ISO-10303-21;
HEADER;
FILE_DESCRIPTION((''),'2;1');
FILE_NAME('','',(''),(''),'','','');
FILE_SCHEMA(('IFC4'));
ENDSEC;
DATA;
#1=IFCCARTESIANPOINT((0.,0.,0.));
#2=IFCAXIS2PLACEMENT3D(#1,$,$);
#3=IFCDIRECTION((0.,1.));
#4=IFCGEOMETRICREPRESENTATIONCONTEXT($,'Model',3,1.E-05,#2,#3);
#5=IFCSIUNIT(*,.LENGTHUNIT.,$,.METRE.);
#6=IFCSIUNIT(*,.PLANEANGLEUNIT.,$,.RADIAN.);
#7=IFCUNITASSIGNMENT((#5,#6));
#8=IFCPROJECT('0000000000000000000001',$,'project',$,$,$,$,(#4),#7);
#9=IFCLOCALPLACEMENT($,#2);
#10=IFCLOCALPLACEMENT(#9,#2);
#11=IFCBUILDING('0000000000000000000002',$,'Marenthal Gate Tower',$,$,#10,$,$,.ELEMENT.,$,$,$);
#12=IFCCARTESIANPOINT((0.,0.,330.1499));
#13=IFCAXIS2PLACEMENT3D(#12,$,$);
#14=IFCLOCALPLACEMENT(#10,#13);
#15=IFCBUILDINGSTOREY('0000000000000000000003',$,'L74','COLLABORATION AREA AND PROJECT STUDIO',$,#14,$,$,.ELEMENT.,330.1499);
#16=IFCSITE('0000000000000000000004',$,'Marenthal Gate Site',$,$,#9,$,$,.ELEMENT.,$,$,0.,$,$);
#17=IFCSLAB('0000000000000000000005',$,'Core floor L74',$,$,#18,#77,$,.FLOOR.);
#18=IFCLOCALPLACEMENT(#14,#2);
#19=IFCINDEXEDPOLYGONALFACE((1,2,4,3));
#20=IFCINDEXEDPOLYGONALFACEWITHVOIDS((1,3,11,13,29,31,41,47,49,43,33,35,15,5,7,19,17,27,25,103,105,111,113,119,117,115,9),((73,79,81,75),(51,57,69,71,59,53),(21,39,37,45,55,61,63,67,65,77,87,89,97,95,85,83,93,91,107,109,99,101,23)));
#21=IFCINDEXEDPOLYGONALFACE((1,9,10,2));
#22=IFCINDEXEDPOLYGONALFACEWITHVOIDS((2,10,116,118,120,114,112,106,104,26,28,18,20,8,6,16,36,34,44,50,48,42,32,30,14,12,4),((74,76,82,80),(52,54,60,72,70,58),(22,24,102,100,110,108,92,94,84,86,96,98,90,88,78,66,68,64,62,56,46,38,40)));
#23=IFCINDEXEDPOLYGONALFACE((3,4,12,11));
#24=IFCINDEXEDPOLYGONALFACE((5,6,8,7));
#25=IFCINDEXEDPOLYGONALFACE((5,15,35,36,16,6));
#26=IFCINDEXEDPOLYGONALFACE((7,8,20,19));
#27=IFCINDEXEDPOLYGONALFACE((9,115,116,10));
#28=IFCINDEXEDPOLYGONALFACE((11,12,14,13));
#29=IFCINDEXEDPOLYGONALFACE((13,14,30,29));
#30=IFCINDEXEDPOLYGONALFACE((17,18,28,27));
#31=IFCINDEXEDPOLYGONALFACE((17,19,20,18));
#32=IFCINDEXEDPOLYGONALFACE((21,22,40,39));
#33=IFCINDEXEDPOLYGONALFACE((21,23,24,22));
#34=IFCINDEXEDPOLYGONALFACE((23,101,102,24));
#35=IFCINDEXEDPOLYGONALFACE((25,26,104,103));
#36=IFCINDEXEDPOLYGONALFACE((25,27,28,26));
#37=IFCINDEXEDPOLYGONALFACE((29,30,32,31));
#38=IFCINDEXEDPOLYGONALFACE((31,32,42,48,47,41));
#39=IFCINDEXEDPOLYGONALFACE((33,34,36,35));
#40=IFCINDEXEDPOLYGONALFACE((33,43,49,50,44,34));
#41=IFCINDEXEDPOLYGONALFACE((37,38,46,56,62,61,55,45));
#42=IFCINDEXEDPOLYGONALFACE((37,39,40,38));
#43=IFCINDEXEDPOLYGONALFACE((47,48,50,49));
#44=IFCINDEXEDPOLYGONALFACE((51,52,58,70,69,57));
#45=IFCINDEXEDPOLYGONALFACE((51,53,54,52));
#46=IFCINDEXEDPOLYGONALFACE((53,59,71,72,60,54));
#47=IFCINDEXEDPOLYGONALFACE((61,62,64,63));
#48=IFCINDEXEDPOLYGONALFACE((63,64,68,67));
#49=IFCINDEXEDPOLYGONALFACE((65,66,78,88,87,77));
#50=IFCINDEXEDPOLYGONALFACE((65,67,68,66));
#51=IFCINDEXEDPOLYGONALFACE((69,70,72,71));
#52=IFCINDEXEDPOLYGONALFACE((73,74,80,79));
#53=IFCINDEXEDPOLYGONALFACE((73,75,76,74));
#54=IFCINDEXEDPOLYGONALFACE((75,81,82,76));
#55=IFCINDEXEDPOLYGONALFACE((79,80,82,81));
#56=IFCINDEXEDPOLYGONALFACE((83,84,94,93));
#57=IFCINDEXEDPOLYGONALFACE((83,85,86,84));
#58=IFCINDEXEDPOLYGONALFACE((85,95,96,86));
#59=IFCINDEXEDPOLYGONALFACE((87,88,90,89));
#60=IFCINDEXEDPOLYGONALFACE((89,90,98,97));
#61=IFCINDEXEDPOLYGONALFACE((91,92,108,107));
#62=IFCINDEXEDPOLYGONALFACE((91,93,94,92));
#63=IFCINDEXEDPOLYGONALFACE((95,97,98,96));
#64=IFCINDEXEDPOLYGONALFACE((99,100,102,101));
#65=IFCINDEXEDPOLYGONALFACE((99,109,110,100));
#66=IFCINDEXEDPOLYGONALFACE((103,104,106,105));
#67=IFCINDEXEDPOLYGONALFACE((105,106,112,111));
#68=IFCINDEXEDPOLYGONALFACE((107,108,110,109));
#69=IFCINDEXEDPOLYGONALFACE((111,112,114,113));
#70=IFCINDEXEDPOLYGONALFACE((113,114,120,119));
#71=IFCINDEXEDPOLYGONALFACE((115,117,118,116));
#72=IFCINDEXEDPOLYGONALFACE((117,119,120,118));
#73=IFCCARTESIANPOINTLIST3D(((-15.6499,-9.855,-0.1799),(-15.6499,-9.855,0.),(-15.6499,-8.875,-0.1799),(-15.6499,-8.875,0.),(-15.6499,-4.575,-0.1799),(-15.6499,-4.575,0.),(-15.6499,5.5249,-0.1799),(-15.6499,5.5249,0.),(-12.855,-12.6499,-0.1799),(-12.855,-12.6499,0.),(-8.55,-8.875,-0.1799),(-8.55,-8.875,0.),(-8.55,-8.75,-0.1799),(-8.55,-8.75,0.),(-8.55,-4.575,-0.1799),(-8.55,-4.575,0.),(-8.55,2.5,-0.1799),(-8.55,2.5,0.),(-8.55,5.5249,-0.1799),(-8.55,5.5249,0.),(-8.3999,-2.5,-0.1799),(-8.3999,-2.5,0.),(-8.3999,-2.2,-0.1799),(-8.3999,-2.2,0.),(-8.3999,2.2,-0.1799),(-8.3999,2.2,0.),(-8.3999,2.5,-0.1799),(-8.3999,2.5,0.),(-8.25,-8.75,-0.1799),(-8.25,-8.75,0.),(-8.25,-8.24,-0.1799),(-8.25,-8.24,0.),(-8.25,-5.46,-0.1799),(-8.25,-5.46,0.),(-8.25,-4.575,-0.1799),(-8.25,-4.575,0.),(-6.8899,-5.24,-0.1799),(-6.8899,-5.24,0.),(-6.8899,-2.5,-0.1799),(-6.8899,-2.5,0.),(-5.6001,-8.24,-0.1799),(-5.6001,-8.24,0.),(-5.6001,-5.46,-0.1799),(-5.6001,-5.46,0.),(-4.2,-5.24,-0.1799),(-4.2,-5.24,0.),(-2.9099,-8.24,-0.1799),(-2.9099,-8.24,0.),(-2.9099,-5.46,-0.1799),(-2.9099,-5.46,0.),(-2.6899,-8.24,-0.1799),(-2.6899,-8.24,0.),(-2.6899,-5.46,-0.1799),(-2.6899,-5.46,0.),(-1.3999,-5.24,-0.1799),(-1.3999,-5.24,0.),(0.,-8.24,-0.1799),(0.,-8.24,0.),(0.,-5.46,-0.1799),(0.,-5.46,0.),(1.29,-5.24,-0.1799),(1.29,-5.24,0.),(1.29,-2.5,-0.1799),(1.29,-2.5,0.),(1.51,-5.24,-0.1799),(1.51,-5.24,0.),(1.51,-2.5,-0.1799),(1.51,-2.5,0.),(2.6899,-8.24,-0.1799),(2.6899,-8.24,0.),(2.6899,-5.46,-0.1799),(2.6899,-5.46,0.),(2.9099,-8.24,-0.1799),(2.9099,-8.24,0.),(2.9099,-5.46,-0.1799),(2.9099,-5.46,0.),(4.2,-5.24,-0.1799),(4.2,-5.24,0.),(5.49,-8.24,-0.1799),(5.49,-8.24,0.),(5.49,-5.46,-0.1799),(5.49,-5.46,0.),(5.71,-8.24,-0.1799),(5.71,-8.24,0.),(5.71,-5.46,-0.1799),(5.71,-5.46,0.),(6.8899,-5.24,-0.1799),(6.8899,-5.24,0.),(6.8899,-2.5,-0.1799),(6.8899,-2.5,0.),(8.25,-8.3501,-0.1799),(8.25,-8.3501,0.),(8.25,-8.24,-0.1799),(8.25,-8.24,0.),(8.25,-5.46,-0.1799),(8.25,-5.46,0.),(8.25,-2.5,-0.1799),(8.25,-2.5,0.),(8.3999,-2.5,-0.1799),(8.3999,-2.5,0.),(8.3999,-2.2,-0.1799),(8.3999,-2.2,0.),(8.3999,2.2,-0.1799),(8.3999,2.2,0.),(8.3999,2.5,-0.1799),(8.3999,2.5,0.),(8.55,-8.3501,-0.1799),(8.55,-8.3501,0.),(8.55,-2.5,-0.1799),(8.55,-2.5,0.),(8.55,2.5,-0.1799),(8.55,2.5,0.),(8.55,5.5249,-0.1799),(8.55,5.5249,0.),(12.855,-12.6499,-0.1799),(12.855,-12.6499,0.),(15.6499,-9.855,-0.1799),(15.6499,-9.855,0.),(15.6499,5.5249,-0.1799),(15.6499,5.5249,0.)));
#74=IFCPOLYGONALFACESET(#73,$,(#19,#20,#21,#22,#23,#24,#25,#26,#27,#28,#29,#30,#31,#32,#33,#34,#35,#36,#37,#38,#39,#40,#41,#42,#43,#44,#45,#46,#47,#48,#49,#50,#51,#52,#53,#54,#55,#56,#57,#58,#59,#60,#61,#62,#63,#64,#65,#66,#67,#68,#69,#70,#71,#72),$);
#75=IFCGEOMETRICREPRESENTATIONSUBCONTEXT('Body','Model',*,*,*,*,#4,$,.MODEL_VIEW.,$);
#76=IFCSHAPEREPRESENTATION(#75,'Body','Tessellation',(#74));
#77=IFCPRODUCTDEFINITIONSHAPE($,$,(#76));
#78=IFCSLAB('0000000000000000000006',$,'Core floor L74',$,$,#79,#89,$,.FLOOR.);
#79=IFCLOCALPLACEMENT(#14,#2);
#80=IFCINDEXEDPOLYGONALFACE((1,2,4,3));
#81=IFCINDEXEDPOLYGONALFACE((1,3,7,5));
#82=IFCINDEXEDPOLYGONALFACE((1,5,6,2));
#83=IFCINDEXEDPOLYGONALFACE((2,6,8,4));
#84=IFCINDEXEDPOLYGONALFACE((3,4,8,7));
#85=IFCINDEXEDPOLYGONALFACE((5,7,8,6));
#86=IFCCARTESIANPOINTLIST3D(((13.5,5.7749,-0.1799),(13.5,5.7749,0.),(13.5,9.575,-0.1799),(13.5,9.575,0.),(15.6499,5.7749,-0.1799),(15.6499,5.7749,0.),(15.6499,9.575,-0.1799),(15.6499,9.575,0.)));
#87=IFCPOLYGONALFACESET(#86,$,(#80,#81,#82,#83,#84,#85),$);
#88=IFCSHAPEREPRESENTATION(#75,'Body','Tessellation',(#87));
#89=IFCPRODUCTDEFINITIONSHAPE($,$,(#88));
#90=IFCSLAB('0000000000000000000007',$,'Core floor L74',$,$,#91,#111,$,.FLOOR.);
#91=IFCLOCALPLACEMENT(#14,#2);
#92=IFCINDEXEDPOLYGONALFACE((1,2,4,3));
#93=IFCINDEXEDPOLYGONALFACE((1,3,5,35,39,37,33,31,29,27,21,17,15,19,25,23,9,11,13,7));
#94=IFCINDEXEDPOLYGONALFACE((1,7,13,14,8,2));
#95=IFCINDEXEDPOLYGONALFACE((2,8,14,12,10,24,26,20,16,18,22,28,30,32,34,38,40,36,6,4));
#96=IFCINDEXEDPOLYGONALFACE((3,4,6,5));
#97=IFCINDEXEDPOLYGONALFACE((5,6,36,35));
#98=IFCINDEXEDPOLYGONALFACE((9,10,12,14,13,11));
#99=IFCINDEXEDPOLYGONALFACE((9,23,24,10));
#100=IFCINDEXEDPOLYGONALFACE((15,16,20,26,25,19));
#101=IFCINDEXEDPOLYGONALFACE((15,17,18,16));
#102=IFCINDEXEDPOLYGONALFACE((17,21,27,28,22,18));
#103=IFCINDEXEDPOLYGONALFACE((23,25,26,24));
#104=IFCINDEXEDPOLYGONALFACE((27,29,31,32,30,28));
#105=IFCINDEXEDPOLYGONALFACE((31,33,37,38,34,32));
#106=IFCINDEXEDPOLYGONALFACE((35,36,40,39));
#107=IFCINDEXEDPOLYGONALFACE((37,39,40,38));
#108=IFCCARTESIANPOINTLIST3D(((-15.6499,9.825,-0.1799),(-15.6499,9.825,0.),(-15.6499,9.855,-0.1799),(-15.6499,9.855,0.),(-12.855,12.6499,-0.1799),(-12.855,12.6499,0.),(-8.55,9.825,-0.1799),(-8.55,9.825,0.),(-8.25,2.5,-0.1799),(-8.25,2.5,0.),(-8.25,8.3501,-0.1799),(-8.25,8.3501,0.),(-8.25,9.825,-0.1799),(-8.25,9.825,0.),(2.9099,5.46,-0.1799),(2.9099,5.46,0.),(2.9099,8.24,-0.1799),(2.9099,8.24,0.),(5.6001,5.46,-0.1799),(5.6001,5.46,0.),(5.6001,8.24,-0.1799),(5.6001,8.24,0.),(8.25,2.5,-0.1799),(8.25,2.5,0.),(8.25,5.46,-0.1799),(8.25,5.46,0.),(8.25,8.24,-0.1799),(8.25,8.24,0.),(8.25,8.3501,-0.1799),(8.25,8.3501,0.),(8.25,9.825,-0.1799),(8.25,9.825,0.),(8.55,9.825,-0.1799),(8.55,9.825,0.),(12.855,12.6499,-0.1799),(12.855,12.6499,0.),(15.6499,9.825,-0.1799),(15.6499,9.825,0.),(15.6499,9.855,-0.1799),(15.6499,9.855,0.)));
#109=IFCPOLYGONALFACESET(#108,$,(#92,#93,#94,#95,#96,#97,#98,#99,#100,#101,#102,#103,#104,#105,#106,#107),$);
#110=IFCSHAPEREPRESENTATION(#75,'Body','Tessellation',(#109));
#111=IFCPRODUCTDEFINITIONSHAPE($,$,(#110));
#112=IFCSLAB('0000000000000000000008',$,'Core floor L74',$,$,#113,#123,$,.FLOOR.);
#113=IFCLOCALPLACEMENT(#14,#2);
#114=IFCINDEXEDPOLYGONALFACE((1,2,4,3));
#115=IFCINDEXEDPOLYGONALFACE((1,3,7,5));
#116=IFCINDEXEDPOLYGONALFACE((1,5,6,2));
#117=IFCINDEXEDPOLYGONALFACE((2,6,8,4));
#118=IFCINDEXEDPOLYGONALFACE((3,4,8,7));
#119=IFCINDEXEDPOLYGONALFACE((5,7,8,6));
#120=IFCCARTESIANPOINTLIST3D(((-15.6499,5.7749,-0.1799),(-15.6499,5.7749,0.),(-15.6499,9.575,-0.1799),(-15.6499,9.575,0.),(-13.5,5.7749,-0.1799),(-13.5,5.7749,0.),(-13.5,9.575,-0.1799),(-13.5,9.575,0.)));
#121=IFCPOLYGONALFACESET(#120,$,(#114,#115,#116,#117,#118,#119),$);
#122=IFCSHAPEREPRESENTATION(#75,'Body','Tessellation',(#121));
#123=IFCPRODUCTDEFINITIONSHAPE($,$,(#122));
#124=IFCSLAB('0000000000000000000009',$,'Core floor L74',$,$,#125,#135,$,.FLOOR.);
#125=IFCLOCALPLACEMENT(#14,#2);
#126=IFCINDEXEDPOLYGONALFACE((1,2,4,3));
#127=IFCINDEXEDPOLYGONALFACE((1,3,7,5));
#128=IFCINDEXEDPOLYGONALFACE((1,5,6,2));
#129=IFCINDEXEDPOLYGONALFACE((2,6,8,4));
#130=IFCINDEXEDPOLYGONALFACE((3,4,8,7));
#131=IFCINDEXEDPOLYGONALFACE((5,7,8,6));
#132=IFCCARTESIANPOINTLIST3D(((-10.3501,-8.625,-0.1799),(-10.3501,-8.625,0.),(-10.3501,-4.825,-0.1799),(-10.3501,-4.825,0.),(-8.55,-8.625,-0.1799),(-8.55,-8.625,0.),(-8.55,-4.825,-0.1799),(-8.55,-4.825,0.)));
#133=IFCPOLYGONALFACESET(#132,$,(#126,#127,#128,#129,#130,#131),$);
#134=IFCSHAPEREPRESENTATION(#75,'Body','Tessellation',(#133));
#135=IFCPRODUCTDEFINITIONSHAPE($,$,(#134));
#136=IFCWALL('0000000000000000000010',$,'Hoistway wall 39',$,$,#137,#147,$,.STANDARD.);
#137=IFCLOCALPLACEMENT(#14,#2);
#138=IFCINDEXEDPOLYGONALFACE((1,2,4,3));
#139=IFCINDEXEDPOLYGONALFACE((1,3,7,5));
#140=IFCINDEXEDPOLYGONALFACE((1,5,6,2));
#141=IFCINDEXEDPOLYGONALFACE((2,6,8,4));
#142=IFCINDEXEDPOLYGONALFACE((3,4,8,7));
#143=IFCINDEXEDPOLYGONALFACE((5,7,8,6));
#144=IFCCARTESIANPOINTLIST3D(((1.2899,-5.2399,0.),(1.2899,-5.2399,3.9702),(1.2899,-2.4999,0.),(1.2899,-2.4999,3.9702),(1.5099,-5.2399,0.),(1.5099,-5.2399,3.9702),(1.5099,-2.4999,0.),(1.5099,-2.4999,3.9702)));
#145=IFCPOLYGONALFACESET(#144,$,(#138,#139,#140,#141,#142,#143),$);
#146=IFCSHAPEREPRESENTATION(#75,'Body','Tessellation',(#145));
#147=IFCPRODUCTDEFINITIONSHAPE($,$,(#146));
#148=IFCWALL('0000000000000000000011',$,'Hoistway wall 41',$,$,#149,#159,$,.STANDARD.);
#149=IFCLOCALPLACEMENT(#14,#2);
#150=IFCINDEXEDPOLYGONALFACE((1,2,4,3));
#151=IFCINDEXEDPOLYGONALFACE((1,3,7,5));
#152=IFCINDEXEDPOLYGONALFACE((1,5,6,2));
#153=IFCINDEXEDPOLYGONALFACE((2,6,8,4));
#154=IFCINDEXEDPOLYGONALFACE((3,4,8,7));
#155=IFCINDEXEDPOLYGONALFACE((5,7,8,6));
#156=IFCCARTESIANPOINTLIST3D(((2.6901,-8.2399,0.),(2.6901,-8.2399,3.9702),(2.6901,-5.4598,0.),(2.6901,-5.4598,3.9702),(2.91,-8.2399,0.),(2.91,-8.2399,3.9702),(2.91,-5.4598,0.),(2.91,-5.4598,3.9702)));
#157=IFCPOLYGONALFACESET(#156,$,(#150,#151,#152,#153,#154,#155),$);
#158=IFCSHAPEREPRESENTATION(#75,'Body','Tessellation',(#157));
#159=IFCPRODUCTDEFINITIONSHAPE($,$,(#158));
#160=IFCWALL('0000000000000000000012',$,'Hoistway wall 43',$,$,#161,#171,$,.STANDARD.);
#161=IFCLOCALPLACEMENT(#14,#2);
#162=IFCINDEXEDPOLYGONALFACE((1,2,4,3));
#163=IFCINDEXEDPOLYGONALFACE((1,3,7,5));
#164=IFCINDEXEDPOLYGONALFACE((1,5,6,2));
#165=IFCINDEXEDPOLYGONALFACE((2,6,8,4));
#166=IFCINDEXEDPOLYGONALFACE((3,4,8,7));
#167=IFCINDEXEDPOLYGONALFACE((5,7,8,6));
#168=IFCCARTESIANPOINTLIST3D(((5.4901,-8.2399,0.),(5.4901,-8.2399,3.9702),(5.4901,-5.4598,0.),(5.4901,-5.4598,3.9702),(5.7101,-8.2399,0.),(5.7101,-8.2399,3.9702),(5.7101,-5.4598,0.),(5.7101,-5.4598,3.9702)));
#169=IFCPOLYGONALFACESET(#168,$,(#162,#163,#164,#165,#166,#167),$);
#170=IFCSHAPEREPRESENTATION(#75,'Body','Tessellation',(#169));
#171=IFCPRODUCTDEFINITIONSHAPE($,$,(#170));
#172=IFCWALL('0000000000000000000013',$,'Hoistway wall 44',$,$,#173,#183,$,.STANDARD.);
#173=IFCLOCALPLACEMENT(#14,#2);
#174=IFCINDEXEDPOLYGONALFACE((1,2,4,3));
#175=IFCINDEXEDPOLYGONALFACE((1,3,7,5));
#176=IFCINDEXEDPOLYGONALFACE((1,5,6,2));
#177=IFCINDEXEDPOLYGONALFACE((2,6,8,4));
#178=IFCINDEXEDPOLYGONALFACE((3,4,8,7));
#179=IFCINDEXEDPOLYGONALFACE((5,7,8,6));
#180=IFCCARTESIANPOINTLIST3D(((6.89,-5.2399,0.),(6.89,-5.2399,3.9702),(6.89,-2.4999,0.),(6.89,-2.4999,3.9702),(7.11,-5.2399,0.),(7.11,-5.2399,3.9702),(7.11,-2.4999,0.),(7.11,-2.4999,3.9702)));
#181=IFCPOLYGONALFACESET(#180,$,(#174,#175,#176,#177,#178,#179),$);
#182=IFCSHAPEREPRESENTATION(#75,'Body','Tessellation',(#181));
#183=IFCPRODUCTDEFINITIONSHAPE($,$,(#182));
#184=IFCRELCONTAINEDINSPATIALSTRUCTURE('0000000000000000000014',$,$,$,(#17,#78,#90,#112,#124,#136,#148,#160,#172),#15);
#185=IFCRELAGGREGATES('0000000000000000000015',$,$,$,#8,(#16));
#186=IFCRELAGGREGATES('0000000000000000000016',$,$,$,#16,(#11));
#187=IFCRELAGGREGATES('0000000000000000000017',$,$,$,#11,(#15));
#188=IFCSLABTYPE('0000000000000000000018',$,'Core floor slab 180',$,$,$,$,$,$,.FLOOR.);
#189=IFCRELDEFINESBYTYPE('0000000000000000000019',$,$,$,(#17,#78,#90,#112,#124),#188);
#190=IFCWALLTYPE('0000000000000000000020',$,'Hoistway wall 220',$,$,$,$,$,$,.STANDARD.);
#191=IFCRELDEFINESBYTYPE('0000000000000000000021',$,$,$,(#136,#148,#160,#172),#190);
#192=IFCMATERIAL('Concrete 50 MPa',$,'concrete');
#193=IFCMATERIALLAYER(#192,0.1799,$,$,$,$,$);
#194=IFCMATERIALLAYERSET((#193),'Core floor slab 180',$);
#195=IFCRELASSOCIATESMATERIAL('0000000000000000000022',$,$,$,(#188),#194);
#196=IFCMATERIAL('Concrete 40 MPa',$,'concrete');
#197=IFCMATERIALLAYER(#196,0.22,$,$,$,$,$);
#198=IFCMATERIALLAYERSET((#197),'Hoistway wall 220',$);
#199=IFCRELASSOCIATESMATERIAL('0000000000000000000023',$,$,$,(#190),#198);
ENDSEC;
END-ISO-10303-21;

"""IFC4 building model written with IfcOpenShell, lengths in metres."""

from ifc_helpers import new_model, si_unit, direction, frame, frame_2d, origin, place, context, subcontext, project, spatial, polyline, rectangle, outline, extrude, material, layer, layer_set, type_object, element, save


model = new_model("IFC4")

# Units and contexts
model_context = context("Model", 3, precision=1e-05, world=origin(), true_north=direction((0.0, 1.0)))
body_context = subcontext(model_context, "Body", "Model", "MODEL_VIEW")
ifc_project = project(units=[si_unit("LENGTHUNIT", "METRE"), si_unit("PLANEANGLEUNIT", "RADIAN")], contexts=[model_context])

# Site, building, storey
site_placement = place(None, origin())
site = spatial("IfcSite", under=ifc_project, at=site_placement, Name="Marenthal Gate Site", CompositionType="ELEMENT", RefElevation=0.0)
building_placement = place(site_placement, origin())
building = spatial("IfcBuilding", under=site, at=building_placement, Name="Marenthal Gate Tower", CompositionType="ELEMENT")
storey_placement = place(building_placement, frame((0.0, 0.0, 330.1499)))
storey = spatial("IfcBuildingStorey", under=building, at=storey_placement, Name="L74", Description="COLLABORATION AREA AND PROJECT STUDIO", CompositionType="ELEMENT", Elevation=330.1499)

# Slabs
ifc_material_1 = material(Name="Concrete 50 MPa", Category="concrete")
ifc_layer_1 = layer(ifc_material_1, 0.1799)
ifc_layer_set_1 = layer_set([ifc_layer_1], Name="Core floor slab 180")
slab_type_1 = type_object("IfcSlabType", Name="Core floor slab 180", PredefinedType="FLOOR", material=ifc_layer_set_1)
slab_1_placement = place(storey_placement, frame((0.0, 0.0, -0.1799)))
element("IfcSlab", 1, at=slab_1_placement, inside=storey, type_object=slab_type_1, Name="Core floor L74", PredefinedType="FLOOR", context=body_context, shape_type="SweptSolid", body=[
    extrude(outline(polyline([(12.855, -12.6499), (-12.855, -12.6499), (-15.6499, -9.855), (-15.6499, -8.875), (-8.55, -8.875), (-8.55, -8.75), (-8.25, -8.75), (-8.25, -8.24), (-5.6001, -8.24), (-2.9099, -8.24), (-2.9099, -5.46), (-5.6001, -5.46), (-8.25, -5.46), (-8.25, -4.575), (-8.55, -4.575), (-15.6499, -4.575), (-15.6499, 5.5249), (-8.55, 5.5249), (-8.55, 2.5), (-8.3999, 2.5), (-8.3999, 2.2), (8.3999, 2.2), (8.3999, 2.5), (8.55, 2.5), (8.55, 5.5249), (15.6499, 5.5249), (15.6499, -9.855), (12.855, -12.6499)]), holes=[polyline([(0.0, -8.24), (2.6899, -8.24), (2.6899, -5.46), (0.0, -5.46), (-2.6899, -5.46), (-2.6899, -8.24), (0.0, -8.24)]), polyline([(1.29, -5.24), (1.29, -2.5), (1.51, -2.5), (1.51, -5.24), (4.2, -5.24), (6.8899, -5.24), (6.8899, -2.5), (8.25, -2.5), (8.25, -5.46), (5.71, -5.46), (5.71, -8.24), (8.25, -8.24), (8.25, -8.3501), (8.55, -8.3501), (8.55, -2.5), (8.3999, -2.5), (8.3999, -2.2), (-8.3999, -2.2), (-8.3999, -2.5), (-6.8899, -2.5), (-6.8899, -5.24), (-4.2, -5.24), (-1.3999, -5.24), (1.29, -5.24)]), polyline([(5.49, -5.46), (2.9099, -5.46), (2.9099, -8.24), (5.49, -8.24), (5.49, -5.46)])]), origin(), (0.0, 0.0, 1.0), 0.1799),
])
slab_2_placement = place(storey_placement, frame((0.0, 0.0, -0.1799)))
element("IfcSlab", 2, at=slab_2_placement, inside=storey, type_object=slab_type_1, Name="Core floor L74", PredefinedType="FLOOR", context=body_context, shape_type="SweptSolid", body=[
    extrude(outline(polyline([(15.6499, 5.7749), (13.5, 5.7749), (13.5, 9.575), (15.6499, 9.575), (15.6499, 5.7749)])), origin(), (0.0, 0.0, 1.0), 0.1799),
])
slab_3_placement = place(storey_placement, frame((0.0, 0.0, -0.1799)))
element("IfcSlab", 3, at=slab_3_placement, inside=storey, type_object=slab_type_1, Name="Core floor L74", PredefinedType="FLOOR", context=body_context, shape_type="SweptSolid", body=[
    extrude(outline(polyline([(15.6499, 9.825), (8.55, 9.825), (8.25, 9.825), (8.25, 8.3501), (8.25, 8.24), (5.6001, 8.24), (2.9099, 8.24), (2.9099, 5.46), (5.6001, 5.46), (8.25, 5.46), (8.25, 2.5), (-8.25, 2.5), (-8.25, 8.3501), (-8.25, 9.825), (-8.55, 9.825), (-15.6499, 9.825), (-15.6499, 9.855), (-12.855, 12.6499), (12.855, 12.6499), (15.6499, 9.855), (15.6499, 9.825)])), origin(), (0.0, 0.0, 1.0), 0.1799),
])
slab_4_placement = place(storey_placement, frame((0.0, 0.0, -0.1799)))
element("IfcSlab", 4, at=slab_4_placement, inside=storey, type_object=slab_type_1, Name="Core floor L74", PredefinedType="FLOOR", context=body_context, shape_type="SweptSolid", body=[
    extrude(outline(polyline([(-15.6499, 9.575), (-13.5, 9.575), (-13.5, 5.7749), (-15.6499, 5.7749), (-15.6499, 9.575)])), origin(), (0.0, 0.0, 1.0), 0.1799),
])
slab_5_placement = place(storey_placement, frame((0.0, 0.0, -0.1799)))
element("IfcSlab", 5, at=slab_5_placement, inside=storey, type_object=slab_type_1, Name="Core floor L74", PredefinedType="FLOOR", context=body_context, shape_type="SweptSolid", body=[
    extrude(outline(polyline([(-8.55, -4.825), (-8.55, -8.625), (-10.3501, -8.625), (-10.3501, -4.825), (-8.55, -4.825)])), origin(), (0.0, 0.0, 1.0), 0.1799),
])

# Walls
ifc_material_2 = material(Name="Concrete 40 MPa", Category="concrete")
ifc_layer_2 = layer(ifc_material_2, 0.22)
ifc_layer_set_2 = layer_set([ifc_layer_2], Name="Hoistway wall 220")
wall_type_1 = type_object("IfcWallType", Name="Hoistway wall 220", PredefinedType="STANDARD", material=ifc_layer_set_2)
wall_1_placement = place(storey_placement, frame((1.3999, -5.24, 0.0), z_axis=(0.0, 0.0, 1.0), x_axis=(0.0, 1.0, 0.0)))
element("IfcWall", 6, at=wall_1_placement, inside=storey, type_object=wall_type_1, Name="Hoistway wall 39", PredefinedType="STANDARD", context=body_context, shape_type="SweptSolid", body=[
    extrude(rectangle(XDim=2.74, YDim=0.22, at=frame_2d((1.3701, 0.0))), origin(), (0.0, 0.0, 1.0), 3.9702),
])
for number, where, z_axis, x_axis, name in (
    (7, (2.8, -8.24, 0.0), (0.0, 0.0, 1.0), (0.0, 1.0, 0.0), "Hoistway wall 41"),
    (8, (5.6001, -8.24, 0.0), (0.0, 0.0, 1.0), (0.0, 1.0, 0.0), "Hoistway wall 43"),
):
    element("IfcWall", number, at=place(storey_placement, frame(where, z_axis=z_axis, x_axis=x_axis)), inside=storey, type_object=wall_type_1, Name=name, PredefinedType="STANDARD", context=body_context, shape_type="SweptSolid", body=[
        extrude(rectangle(XDim=2.78, YDim=0.22, at=frame_2d((1.3901, 0.0))), origin(), (0.0, 0.0, 1.0), 3.9702),
    ])
wall_2_placement = place(storey_placement, frame((7.0, -5.24, 0.0), z_axis=(0.0, 0.0, 1.0), x_axis=(0.0, 1.0, 0.0)))
element("IfcWall", 9, at=wall_2_placement, inside=storey, type_object=wall_type_1, Name="Hoistway wall 44", PredefinedType="STANDARD", context=body_context, shape_type="SweptSolid", body=[
    extrude(rectangle(XDim=2.74, YDim=0.22, at=frame_2d((1.3701, 0.0))), origin(), (0.0, 0.0, 1.0), 3.9702),
])

save(model, "model.ifc")
